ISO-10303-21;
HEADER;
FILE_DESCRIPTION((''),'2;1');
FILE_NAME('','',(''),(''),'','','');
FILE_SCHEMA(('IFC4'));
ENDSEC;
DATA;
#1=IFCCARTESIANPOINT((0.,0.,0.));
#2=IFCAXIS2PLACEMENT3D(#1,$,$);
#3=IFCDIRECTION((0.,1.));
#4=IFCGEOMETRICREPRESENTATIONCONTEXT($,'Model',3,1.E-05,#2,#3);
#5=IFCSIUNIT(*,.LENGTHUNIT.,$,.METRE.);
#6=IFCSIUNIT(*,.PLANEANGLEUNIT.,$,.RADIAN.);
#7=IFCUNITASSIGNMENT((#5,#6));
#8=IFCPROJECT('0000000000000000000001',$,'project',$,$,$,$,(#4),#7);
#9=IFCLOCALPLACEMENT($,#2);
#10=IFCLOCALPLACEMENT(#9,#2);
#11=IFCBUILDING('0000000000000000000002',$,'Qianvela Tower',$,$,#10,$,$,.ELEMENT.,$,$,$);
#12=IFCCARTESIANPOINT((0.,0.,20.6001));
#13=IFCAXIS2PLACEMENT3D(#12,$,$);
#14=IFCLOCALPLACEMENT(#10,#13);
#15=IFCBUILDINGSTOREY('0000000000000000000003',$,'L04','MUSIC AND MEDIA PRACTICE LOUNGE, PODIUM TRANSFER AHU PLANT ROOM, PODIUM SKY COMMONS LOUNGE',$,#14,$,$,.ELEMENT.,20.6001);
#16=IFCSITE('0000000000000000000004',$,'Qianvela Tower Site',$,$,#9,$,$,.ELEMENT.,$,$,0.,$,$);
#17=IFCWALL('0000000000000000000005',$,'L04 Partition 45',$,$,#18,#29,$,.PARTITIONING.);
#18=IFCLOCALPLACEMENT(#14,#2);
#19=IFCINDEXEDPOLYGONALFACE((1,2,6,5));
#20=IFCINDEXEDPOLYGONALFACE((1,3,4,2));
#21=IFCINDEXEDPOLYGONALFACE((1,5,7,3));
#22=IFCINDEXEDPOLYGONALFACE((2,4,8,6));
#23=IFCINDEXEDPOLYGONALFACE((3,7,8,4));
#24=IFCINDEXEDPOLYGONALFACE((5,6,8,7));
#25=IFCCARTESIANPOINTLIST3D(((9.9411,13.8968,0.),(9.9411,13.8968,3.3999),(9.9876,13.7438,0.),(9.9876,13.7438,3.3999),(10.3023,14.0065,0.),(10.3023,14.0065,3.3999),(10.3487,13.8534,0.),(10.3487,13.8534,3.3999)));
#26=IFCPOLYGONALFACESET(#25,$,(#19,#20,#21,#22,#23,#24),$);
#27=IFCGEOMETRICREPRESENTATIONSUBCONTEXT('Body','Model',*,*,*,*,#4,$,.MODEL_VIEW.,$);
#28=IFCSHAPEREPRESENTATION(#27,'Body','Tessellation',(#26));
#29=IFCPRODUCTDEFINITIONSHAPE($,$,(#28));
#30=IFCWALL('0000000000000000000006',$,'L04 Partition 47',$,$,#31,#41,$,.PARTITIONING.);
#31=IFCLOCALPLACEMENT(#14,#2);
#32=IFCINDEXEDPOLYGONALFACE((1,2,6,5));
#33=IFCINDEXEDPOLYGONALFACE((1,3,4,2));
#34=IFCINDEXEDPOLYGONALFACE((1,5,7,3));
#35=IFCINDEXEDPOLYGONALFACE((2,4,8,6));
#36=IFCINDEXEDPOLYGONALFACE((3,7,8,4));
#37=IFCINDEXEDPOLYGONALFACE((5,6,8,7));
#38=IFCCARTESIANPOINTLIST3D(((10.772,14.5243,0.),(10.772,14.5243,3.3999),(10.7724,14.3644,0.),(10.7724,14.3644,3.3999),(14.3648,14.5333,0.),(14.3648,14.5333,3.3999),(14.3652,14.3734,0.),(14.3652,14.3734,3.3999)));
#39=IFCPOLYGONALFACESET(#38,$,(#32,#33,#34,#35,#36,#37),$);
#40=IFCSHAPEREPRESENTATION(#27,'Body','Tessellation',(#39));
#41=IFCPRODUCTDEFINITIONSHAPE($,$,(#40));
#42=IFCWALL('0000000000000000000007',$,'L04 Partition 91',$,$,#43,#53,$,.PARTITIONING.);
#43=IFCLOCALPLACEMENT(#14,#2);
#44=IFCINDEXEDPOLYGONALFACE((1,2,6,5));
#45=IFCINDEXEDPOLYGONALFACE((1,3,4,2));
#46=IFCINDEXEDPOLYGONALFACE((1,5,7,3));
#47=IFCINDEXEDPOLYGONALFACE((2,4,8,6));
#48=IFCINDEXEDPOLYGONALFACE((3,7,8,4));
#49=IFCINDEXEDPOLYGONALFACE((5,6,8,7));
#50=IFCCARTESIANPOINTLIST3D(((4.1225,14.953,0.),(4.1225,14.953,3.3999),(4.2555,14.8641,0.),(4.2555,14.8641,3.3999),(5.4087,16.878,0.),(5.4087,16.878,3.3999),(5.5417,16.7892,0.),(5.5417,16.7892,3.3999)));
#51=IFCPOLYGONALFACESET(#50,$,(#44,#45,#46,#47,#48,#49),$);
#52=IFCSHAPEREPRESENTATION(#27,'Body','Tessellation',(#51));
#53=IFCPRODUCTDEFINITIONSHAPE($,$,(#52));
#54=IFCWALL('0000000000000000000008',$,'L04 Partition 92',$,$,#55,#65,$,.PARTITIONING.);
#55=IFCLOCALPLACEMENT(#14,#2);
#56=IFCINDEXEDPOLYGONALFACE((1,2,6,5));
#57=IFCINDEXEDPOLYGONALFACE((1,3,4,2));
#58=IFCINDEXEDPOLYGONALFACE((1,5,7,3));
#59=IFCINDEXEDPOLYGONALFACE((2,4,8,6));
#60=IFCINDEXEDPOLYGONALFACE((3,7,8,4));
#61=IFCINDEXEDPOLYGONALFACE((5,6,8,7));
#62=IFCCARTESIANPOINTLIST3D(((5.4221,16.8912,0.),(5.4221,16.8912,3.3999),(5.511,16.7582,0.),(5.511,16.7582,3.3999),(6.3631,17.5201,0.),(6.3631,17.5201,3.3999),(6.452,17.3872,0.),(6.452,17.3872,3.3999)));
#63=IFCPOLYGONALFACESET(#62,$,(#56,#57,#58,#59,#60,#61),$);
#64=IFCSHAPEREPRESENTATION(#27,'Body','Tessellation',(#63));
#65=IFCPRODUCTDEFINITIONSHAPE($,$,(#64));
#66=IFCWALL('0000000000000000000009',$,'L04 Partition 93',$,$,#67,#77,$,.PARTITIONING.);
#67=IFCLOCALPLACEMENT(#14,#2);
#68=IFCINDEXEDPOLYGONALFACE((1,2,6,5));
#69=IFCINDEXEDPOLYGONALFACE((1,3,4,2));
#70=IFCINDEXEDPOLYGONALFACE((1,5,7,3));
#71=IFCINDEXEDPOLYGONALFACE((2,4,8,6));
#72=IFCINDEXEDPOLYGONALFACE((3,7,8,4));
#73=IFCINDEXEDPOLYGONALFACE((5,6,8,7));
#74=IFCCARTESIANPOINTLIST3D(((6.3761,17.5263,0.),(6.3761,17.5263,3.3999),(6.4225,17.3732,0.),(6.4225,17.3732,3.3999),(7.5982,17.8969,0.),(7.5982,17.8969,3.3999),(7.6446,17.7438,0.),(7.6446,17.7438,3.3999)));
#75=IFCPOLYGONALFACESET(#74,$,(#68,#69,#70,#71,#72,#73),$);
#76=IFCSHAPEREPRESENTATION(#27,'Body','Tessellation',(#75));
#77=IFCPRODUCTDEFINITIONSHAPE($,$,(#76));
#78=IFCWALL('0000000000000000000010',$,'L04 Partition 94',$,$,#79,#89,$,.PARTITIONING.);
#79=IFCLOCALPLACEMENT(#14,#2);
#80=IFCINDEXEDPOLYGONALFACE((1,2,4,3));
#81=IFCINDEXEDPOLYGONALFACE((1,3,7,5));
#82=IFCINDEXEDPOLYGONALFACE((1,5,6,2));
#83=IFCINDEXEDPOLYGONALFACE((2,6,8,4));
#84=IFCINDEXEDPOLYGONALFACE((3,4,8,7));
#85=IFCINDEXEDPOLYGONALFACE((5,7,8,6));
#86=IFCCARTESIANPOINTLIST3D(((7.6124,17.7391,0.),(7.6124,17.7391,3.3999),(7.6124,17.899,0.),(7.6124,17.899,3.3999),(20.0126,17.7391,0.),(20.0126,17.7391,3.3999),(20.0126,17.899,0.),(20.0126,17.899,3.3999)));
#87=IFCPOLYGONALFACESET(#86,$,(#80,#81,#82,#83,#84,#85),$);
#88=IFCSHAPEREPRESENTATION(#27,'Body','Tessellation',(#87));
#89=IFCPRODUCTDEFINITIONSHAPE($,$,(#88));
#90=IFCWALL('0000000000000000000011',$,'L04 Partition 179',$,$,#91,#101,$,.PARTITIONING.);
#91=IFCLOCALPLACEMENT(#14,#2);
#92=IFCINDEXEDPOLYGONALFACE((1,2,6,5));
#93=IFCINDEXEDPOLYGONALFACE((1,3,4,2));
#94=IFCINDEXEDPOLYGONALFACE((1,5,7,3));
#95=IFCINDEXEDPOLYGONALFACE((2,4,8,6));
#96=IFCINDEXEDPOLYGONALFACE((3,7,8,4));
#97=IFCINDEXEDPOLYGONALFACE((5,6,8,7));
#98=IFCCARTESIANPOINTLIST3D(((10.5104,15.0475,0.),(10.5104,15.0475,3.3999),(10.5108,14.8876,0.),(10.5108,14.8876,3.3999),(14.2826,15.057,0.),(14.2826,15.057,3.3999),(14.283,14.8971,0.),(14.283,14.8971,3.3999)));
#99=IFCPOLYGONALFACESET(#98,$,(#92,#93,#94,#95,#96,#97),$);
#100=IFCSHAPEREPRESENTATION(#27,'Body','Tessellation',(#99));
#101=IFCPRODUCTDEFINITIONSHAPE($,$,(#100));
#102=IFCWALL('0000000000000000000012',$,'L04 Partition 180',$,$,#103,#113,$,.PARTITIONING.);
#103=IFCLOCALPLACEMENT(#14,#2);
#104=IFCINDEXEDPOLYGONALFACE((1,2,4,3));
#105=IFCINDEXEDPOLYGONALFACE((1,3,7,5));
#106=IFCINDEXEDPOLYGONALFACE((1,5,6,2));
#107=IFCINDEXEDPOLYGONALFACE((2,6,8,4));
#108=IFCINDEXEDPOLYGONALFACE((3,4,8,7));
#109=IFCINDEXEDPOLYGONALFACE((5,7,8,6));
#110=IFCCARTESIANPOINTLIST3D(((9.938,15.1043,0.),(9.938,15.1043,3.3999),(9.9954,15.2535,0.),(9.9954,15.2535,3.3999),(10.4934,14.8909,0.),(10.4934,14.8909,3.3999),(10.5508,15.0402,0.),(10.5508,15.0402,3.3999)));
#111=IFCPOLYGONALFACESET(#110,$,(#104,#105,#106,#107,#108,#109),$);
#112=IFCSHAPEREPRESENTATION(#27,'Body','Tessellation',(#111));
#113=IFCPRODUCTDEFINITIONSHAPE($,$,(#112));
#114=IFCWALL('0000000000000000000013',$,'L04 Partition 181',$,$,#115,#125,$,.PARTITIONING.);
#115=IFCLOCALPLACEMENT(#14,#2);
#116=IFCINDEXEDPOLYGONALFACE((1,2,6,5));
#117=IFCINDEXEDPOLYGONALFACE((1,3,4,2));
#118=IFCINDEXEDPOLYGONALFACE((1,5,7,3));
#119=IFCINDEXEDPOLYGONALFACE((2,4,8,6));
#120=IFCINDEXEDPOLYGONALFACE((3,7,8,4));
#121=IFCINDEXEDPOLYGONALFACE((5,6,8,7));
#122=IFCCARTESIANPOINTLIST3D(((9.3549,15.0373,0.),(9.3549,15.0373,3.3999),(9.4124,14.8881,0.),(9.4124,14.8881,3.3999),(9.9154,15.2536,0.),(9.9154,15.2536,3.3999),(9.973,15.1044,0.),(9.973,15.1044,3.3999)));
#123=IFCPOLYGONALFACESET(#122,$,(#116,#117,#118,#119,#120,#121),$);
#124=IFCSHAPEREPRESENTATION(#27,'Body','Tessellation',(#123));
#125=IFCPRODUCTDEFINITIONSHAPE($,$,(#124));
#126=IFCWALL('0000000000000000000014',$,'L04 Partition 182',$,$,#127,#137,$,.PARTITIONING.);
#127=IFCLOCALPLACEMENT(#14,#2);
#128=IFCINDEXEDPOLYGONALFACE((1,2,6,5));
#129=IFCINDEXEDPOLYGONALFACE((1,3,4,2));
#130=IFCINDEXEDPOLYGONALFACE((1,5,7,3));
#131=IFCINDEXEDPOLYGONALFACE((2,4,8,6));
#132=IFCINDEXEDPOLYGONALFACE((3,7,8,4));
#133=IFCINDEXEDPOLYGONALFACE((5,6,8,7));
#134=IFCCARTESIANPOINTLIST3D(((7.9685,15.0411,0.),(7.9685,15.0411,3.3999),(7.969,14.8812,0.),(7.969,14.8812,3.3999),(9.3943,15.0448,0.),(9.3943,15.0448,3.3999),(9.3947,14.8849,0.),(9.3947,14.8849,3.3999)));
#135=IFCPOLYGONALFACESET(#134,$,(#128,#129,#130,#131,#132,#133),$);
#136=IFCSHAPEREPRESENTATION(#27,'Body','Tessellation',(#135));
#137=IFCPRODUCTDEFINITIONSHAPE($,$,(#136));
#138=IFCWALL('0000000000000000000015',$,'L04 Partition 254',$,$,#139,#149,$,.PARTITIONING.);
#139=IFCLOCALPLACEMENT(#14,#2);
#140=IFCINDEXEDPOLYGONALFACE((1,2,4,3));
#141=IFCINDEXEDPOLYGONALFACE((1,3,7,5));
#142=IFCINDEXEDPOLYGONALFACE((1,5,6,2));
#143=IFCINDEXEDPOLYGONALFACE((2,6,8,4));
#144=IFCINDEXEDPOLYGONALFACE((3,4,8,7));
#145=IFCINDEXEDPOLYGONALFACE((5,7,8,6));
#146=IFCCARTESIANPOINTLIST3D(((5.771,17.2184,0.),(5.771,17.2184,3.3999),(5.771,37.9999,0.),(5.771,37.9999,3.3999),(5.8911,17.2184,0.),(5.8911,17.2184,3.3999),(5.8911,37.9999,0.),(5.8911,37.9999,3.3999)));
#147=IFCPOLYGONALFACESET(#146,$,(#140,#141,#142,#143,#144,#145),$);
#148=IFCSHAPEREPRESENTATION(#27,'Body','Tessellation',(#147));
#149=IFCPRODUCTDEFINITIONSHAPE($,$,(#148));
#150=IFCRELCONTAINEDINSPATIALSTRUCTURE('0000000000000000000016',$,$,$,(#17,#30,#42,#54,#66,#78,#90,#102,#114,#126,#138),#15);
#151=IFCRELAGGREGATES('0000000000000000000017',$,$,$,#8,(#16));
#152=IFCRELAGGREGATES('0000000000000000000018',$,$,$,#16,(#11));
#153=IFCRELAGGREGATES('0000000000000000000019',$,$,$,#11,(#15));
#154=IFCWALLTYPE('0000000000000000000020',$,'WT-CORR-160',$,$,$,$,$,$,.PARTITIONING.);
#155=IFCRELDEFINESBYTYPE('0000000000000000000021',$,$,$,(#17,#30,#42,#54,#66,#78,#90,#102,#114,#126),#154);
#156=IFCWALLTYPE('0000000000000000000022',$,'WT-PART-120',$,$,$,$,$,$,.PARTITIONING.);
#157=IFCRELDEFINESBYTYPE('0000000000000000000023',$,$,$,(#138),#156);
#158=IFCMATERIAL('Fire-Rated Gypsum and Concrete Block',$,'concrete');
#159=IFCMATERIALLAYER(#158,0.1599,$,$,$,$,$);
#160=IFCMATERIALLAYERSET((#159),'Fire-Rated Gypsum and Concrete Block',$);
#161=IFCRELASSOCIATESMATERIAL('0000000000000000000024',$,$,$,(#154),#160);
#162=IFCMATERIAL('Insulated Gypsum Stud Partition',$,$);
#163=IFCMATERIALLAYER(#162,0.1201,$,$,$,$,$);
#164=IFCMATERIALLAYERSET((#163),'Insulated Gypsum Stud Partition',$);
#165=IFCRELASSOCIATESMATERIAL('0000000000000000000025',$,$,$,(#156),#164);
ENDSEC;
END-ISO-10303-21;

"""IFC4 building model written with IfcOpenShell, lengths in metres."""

from ifc_helpers import new_model, si_unit, direction, frame, frame_2d, origin, place, context, subcontext, project, spatial, rectangle, extrude, material, layer, layer_set, type_object, element, save


model = new_model("IFC4")

# Units and contexts
model_context = context("Model", 3, precision=1e-05, world=origin(), true_north=direction((0.0, 1.0)))
body_context = subcontext(model_context, "Body", "Model", "MODEL_VIEW")
ifc_project = project(units=[si_unit("LENGTHUNIT", "METRE"), si_unit("PLANEANGLEUNIT", "RADIAN")], contexts=[model_context])

# Site, building, storey
site_placement = place(None, origin())
site = spatial("IfcSite", under=ifc_project, at=site_placement, Name="Qianvela Tower Site", CompositionType="ELEMENT", RefElevation=0.0)
building_placement = place(site_placement, origin())
building = spatial("IfcBuilding", under=site, at=building_placement, Name="Qianvela Tower", CompositionType="ELEMENT")
storey_placement = place(building_placement, frame((0.0, 0.0, 20.6001)))
storey = spatial("IfcBuildingStorey", under=building, at=storey_placement, Name="L04", Description="MUSIC AND MEDIA PRACTICE LOUNGE, PODIUM TRANSFER AHU PLANT ROOM, PODIUM SKY COMMONS LOUNGE", CompositionType="ELEMENT", Elevation=20.6001)

# Walls
ifc_material_1 = material(Name="Fire-Rated Gypsum and Concrete Block", Category="concrete")
ifc_layer_1 = layer(ifc_material_1, 0.1599)
ifc_layer_set_1 = layer_set([ifc_layer_1], Name="Fire-Rated Gypsum and Concrete Block")
wall_type_1 = type_object("IfcWallType", Name="WT-CORR-160", PredefinedType="PARTITIONING", material=ifc_layer_set_1)
wall_1_placement = place(storey_placement, frame((9.9644, 13.8203, 0.0), z_axis=(0.0, 0.0, 1.0), x_axis=(0.956877, 0.290492, 0.0)))
element("IfcWall", 1, at=wall_1_placement, inside=storey, type_object=wall_type_1, Name="L04 Partition 45", PredefinedType="PARTITIONING", context=body_context, shape_type="SweptSolid", body=[
    extrude(rectangle(XDim=0.3774, YDim=0.1599, at=frame_2d((0.1887, 0.0))), origin(), (0.0, 0.0, 1.0), 3.3999),
])
wall_2_placement = place(storey_placement, frame((10.7722, 14.4443, 0.0), z_axis=(0.0, 0.0, 1.0), x_axis=(0.999997, 0.002514, 0.0)))
element("IfcWall", 2, at=wall_2_placement, inside=storey, type_object=wall_type_1, Name="L04 Partition 47", PredefinedType="PARTITIONING", context=body_context, shape_type="SweptSolid", body=[
    extrude(rectangle(XDim=3.5928, YDim=0.1599, at=frame_2d((1.7964, 0.0))), origin(), (0.0, 0.0, 1.0), 3.3999),
])
wall_3_placement = place(storey_placement, frame((4.189, 14.9084, 0.0), z_axis=(0.0, 0.0, 1.0), x_axis=(0.555527, 0.831498, 0.0)))
element("IfcWall", 3, at=wall_3_placement, inside=storey, type_object=wall_type_1, Name="L04 Partition 91", PredefinedType="PARTITIONING", context=body_context, shape_type="SweptSolid", body=[
    extrude(rectangle(XDim=2.3152, YDim=0.1599, at=frame_2d((1.1577, 0.0))), origin(), (0.0, 0.0, 1.0), 3.3999),
])
wall_4_placement = place(storey_placement, frame((5.4666, 16.8247, 0.0), z_axis=(0.0, 0.0, 1.0), x_axis=(0.831386, 0.555695, 0.0)))
element("IfcWall", 4, at=wall_4_placement, inside=storey, type_object=wall_type_1, Name="L04 Partition 92", PredefinedType="PARTITIONING", context=body_context, shape_type="SweptSolid", body=[
    extrude(rectangle(XDim=1.1318, YDim=0.1599, at=frame_2d((0.5659, 0.0))), origin(), (0.0, 0.0, 1.0), 3.3999),
])
wall_5_placement = place(storey_placement, frame((6.3992, 17.4497, 0.0), z_axis=(0.0, 0.0, 1.0), x_axis=(0.95697, 0.290188, 0.0)))
element("IfcWall", 5, at=wall_5_placement, inside=storey, type_object=wall_type_1, Name="L04 Partition 93", PredefinedType="PARTITIONING", context=body_context, shape_type="SweptSolid", body=[
    extrude(rectangle(XDim=1.2771, YDim=0.1599, at=frame_2d((0.6387, 0.0))), origin(), (0.0, 0.0, 1.0), 3.3999),
])
wall_6_placement = place(storey_placement, frame((7.6123, 17.8191, 0.0), z_axis=(0.0, 0.0, 1.0), x_axis=(1.0, 0.0, 0.0)))
element("IfcWall", 6, at=wall_6_placement, inside=storey, type_object=wall_type_1, Name="L04 Partition 94", PredefinedType="PARTITIONING", context=body_context, shape_type="SweptSolid", body=[
    extrude(rectangle(XDim=12.4001, YDim=0.1599, at=frame_2d((6.2002, 0.0))), origin(), (0.0, 0.0, 1.0), 3.3999),
])
wall_7_placement = place(storey_placement, frame((14.283, 14.9771, 0.0), z_axis=(0.0, 0.0, 1.0), x_axis=(-0.999997, -0.002524, 0.0)))
element("IfcWall", 7, at=wall_7_placement, inside=storey, type_object=wall_type_1, Name="L04 Partition 179", PredefinedType="PARTITIONING", context=body_context, shape_type="SweptSolid", body=[
    extrude(rectangle(XDim=3.7722, YDim=0.1599, at=frame_2d((1.8862, 0.0))), origin(), (0.0, 0.0, 1.0), 3.3999),
])
wall_8_placement = place(storey_placement, frame((10.522, 14.9656, 0.0), z_axis=(0.0, 0.0, 1.0), x_axis=(-0.933483, 0.358622, 0.0)))
element("IfcWall", 8, at=wall_8_placement, inside=storey, type_object=wall_type_1, Name="L04 Partition 180", PredefinedType="PARTITIONING", context=body_context, shape_type="SweptSolid", body=[
    extrude(rectangle(XDim=0.595, YDim=0.1599, at=frame_2d((0.2974, 0.0))), origin(), (0.0, 0.0, 1.0), 3.3999),
])
wall_9_placement = place(storey_placement, frame((9.9441, 15.179, 0.0), z_axis=(0.0, 0.0, 1.0), x_axis=(-0.932947, -0.360014, 0.0)))
element("IfcWall", 9, at=wall_9_placement, inside=storey, type_object=wall_type_1, Name="L04 Partition 181", PredefinedType="PARTITIONING", context=body_context, shape_type="SweptSolid", body=[
    extrude(rectangle(XDim=0.6008, YDim=0.1599, at=frame_2d((0.3003, 0.0))), origin(), (0.0, 0.0, 1.0), 3.3999),
])
wall_10_placement = place(storey_placement, frame((9.3945, 14.9648, 0.0), z_axis=(0.0, 0.0, 1.0), x_axis=(-0.999997, -0.002568, 0.0)))
element("IfcWall", 10, at=wall_10_placement, inside=storey, type_object=wall_type_1, Name="L04 Partition 182", PredefinedType="PARTITIONING", context=body_context, shape_type="SweptSolid", body=[
    extrude(rectangle(XDim=1.4258, YDim=0.1599, at=frame_2d((0.7129, 0.0))), origin(), (0.0, 0.0, 1.0), 3.3999),
])
ifc_material_2 = material(Name="Insulated Gypsum Stud Partition")
ifc_layer_2 = layer(ifc_material_2, 0.1201)
ifc_layer_set_2 = layer_set([ifc_layer_2], Name="Insulated Gypsum Stud Partition")
wall_type_2 = type_object("IfcWallType", Name="WT-PART-120", PredefinedType="PARTITIONING", material=ifc_layer_set_2)
wall_11_placement = place(storey_placement, frame((5.8311, 17.2185, 0.0), z_axis=(0.0, 0.0, 1.0), x_axis=(0.0, 1.0, 0.0)))
element("IfcWall", 11, at=wall_11_placement, inside=storey, type_object=wall_type_2, Name="L04 Partition 254", PredefinedType="PARTITIONING", context=body_context, shape_type="SweptSolid", body=[
    extrude(rectangle(XDim=20.7815, YDim=0.1201, at=frame_2d((10.3906, 0.0))), origin(), (0.0, 0.0, 1.0), 3.3999),
])

save(model, "model.ifc")
